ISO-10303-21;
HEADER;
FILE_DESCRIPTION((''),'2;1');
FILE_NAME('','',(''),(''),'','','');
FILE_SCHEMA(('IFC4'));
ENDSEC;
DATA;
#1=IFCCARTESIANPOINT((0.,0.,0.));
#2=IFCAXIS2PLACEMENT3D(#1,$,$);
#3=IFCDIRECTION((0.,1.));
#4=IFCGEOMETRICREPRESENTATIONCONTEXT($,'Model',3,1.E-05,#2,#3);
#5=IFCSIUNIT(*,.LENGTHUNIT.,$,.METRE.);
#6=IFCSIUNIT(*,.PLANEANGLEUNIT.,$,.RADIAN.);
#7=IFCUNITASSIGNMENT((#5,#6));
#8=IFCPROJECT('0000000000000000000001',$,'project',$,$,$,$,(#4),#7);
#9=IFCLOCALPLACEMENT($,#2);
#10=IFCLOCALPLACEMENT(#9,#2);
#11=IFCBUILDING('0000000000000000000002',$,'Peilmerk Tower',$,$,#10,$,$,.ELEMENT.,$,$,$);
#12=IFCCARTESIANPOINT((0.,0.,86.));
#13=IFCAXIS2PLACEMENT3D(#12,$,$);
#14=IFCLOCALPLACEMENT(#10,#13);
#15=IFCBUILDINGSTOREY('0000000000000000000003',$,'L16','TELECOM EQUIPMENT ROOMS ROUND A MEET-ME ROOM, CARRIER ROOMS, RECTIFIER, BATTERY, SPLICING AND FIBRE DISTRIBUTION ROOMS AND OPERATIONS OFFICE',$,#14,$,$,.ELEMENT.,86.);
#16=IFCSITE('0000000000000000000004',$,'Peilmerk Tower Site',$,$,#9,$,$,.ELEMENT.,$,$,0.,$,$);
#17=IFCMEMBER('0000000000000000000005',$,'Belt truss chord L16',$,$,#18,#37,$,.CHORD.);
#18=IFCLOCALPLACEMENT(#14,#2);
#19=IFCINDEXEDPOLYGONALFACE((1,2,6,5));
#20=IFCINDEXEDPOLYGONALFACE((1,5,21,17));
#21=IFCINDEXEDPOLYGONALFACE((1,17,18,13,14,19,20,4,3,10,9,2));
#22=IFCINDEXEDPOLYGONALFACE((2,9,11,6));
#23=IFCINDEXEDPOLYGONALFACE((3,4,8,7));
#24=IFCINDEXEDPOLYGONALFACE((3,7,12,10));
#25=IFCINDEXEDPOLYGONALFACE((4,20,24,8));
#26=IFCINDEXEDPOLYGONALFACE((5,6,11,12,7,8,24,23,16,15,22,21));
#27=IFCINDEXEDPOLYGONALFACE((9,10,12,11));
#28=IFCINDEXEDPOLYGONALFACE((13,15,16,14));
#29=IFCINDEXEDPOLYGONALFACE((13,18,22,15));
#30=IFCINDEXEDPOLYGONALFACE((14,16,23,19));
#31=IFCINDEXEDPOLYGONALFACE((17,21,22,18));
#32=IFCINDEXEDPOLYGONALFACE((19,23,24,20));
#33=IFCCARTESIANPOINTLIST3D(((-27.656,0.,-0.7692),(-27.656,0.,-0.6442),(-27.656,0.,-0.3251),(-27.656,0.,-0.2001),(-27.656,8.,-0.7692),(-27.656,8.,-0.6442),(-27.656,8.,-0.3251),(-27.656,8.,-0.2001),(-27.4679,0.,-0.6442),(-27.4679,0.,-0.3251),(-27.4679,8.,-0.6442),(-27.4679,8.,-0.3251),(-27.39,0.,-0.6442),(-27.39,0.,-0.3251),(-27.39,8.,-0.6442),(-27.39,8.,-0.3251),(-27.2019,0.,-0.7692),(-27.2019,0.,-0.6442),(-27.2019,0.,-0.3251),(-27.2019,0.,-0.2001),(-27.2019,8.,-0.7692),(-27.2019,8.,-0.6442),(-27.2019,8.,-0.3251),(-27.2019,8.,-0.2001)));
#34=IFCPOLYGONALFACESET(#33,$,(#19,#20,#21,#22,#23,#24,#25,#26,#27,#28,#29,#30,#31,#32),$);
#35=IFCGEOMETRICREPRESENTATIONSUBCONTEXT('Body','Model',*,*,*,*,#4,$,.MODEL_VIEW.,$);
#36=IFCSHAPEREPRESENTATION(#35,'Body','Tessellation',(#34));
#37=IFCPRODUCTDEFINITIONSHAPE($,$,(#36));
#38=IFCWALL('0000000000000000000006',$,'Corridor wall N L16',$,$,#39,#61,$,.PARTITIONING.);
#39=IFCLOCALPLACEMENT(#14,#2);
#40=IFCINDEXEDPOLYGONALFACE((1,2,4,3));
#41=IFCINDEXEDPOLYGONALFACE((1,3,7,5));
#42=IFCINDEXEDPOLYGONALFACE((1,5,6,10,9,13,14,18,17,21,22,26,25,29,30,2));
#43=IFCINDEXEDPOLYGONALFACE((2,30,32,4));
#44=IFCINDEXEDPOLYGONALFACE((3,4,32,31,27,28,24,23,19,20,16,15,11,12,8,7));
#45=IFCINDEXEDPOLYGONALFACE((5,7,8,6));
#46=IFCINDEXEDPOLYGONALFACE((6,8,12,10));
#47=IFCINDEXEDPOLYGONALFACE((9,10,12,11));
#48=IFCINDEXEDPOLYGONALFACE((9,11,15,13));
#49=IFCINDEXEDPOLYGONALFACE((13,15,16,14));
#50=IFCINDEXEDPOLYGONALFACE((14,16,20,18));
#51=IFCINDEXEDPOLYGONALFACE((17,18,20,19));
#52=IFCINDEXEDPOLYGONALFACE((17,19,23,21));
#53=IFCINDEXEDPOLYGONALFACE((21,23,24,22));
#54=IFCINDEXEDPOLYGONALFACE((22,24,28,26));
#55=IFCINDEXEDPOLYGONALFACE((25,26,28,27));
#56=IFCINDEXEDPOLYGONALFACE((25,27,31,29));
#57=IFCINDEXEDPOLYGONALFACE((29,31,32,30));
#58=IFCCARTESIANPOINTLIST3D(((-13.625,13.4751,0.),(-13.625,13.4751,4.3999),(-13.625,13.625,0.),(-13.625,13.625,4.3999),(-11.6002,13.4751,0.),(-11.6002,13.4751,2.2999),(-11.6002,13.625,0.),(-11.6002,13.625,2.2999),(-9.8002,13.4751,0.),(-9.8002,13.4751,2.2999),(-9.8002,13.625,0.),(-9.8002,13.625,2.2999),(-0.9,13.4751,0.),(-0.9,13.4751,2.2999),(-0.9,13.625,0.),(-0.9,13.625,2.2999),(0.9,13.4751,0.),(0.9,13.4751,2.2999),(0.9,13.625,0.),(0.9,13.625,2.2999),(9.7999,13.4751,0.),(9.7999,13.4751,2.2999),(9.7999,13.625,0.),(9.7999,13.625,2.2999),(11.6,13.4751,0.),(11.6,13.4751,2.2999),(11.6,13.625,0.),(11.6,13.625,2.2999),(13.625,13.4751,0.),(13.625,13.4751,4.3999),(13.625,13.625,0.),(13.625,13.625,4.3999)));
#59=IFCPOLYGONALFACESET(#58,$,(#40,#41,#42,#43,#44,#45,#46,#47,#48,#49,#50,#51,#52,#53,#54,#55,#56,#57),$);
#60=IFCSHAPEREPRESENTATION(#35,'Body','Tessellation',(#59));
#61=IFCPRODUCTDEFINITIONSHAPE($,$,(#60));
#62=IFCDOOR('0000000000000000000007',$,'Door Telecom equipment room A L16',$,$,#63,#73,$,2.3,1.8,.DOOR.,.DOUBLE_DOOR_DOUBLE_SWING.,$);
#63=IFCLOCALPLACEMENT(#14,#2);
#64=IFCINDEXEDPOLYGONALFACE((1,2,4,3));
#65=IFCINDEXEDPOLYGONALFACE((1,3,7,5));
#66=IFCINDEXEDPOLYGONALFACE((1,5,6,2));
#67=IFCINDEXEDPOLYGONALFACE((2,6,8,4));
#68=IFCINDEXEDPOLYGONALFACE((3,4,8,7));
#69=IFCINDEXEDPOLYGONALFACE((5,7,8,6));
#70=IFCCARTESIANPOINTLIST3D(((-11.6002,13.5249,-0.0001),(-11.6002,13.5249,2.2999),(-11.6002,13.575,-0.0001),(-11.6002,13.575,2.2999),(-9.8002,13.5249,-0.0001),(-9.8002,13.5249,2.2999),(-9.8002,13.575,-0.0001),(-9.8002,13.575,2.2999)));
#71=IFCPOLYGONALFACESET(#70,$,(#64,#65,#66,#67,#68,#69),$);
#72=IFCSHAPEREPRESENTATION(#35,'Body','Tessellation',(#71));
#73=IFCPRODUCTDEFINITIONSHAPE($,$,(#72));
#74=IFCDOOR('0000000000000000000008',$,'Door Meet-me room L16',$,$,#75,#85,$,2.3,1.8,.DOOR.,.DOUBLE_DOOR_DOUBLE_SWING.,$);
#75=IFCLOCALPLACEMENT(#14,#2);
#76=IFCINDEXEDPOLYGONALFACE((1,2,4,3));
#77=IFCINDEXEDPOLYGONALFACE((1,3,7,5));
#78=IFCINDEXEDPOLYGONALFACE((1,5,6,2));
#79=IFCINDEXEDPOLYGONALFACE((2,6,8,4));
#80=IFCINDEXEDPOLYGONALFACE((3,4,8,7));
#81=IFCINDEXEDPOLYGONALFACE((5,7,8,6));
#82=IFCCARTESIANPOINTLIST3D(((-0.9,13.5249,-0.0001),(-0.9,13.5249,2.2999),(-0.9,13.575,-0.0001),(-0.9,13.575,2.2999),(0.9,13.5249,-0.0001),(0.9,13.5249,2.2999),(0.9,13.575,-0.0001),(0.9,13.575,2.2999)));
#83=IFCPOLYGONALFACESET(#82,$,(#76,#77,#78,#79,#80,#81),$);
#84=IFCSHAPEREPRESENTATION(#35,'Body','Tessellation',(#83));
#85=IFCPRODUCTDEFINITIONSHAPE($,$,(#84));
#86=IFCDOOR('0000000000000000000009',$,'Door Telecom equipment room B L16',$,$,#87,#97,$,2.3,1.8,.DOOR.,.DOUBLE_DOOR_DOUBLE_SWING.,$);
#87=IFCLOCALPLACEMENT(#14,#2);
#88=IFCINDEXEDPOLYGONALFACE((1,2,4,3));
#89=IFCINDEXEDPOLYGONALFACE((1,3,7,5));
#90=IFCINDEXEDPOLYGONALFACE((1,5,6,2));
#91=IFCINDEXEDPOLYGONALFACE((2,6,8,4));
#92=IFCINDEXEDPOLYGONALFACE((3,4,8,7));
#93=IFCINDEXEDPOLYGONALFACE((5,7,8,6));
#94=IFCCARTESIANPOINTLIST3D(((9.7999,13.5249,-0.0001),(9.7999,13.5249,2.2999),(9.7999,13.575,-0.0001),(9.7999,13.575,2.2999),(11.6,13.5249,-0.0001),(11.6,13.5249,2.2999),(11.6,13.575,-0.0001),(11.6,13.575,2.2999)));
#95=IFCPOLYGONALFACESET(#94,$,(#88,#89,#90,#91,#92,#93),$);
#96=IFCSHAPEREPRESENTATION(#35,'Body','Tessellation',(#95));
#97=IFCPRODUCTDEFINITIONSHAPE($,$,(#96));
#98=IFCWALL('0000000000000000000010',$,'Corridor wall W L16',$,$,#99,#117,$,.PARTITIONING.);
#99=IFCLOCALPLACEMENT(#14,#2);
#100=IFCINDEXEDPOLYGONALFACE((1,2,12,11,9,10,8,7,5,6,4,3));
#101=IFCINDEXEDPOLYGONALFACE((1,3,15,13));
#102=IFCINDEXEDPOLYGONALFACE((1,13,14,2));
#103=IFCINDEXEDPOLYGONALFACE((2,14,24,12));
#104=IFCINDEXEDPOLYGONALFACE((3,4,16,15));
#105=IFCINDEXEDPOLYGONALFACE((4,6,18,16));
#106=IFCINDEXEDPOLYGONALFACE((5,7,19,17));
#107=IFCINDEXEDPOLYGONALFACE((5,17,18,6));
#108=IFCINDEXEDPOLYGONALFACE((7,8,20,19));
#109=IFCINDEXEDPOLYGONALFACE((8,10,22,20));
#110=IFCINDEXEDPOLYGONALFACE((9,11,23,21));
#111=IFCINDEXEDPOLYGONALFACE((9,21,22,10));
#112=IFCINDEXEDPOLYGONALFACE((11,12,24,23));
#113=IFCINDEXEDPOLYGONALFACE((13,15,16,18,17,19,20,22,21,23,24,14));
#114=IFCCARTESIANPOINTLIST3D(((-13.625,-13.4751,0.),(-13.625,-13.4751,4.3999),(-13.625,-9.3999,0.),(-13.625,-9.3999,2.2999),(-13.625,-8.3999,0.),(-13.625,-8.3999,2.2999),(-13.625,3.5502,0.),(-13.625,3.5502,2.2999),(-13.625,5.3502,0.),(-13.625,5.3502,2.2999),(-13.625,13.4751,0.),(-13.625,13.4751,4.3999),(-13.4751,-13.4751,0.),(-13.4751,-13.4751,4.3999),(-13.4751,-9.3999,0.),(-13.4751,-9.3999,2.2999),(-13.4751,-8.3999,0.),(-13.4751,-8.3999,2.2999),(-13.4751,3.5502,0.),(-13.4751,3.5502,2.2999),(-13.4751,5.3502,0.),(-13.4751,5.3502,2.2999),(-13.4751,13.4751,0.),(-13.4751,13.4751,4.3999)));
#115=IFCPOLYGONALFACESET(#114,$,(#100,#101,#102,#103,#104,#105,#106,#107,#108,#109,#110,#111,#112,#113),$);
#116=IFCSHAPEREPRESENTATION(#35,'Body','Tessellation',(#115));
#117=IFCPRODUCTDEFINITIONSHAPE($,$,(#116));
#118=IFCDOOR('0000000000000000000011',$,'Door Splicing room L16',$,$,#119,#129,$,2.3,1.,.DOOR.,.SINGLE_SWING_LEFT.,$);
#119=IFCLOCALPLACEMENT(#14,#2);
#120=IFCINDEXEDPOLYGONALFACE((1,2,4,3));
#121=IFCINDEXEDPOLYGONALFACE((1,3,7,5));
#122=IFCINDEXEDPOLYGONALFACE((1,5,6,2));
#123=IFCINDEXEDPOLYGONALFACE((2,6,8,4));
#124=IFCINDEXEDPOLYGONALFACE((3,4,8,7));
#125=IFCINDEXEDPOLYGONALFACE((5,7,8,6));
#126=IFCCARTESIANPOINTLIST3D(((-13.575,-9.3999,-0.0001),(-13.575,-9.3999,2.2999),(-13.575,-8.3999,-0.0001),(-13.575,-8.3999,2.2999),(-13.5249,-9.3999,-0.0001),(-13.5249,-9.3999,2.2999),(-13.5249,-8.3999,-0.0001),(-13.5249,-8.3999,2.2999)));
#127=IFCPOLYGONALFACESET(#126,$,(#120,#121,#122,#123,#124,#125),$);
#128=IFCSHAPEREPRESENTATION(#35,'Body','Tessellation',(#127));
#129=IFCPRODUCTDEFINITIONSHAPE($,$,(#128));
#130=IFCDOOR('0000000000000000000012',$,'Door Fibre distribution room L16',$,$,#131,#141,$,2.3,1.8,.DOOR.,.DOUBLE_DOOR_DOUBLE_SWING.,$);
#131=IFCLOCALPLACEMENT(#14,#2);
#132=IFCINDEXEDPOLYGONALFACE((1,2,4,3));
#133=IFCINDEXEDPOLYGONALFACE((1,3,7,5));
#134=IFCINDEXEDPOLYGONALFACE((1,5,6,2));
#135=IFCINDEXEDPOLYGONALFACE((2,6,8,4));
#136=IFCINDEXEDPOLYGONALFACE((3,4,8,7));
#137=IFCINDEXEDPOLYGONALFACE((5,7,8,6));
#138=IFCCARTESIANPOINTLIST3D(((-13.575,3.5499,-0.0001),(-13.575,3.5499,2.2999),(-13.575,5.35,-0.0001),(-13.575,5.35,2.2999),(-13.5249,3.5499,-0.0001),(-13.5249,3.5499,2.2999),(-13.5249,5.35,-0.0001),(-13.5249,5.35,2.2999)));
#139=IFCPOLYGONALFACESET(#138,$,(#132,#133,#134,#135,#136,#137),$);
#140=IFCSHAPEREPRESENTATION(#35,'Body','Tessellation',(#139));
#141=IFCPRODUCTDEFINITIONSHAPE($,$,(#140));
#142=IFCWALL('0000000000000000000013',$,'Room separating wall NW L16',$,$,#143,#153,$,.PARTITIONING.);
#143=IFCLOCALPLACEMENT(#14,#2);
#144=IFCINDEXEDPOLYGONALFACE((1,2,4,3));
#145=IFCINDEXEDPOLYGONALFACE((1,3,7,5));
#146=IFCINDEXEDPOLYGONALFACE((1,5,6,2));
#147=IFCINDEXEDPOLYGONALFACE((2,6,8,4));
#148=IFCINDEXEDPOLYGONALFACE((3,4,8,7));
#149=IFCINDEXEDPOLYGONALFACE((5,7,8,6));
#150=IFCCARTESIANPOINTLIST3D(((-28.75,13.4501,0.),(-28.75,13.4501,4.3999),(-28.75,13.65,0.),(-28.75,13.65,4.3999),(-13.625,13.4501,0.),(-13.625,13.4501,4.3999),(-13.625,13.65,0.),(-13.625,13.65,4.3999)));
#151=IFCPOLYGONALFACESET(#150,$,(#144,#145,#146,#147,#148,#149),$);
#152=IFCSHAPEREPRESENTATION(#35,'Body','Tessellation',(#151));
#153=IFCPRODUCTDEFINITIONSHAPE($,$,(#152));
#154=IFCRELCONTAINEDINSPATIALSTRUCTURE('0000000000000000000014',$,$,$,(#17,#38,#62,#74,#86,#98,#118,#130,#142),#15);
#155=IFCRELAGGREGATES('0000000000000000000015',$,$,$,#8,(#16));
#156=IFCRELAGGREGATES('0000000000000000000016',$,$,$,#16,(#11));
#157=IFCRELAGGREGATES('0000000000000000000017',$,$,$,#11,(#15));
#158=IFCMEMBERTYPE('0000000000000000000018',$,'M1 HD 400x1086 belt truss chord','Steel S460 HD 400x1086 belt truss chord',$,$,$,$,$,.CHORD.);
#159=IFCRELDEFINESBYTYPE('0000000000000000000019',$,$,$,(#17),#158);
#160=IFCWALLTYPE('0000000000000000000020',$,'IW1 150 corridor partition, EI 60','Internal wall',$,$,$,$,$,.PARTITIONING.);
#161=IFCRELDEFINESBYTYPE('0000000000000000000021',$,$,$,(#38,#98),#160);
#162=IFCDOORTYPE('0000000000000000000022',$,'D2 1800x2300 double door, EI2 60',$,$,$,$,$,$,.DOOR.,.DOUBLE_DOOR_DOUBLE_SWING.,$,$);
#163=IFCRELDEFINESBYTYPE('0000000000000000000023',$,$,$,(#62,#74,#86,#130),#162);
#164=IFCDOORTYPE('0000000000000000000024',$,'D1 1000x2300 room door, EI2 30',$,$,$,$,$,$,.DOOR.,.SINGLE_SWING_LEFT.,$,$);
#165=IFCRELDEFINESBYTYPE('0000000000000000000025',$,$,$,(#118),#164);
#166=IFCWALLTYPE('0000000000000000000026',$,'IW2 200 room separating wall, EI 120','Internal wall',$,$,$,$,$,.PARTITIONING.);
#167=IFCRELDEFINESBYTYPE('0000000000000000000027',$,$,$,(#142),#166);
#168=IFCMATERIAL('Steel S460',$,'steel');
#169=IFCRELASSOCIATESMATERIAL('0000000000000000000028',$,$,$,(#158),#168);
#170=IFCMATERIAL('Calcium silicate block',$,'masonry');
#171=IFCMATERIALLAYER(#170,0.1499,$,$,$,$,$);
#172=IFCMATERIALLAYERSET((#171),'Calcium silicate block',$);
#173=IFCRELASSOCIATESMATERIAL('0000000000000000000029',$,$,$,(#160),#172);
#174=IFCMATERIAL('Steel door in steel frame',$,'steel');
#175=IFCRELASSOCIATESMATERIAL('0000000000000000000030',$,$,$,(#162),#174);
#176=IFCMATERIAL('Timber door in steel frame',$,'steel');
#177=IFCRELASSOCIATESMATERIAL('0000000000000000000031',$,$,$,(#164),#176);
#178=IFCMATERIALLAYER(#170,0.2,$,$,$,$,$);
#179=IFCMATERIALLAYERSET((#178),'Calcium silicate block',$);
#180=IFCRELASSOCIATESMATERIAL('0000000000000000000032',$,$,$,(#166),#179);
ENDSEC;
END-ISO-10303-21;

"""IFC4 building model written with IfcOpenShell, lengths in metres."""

from ifc_helpers import new_model, si_unit, direction, frame, frame_2d, origin, origin_2d, place, context, subcontext, project, spatial, rectangle, i_section, extrude, material, layer, layer_set, material_profile, profile_set, type_object, element, fill, save


model = new_model("IFC4")

# Units and contexts
model_context = context("Model", 3, precision=1e-05, world=origin(), true_north=direction((0.0, 1.0)))
body_context = subcontext(model_context, "Body", "Model", "MODEL_VIEW")
ifc_project = project(units=[si_unit("LENGTHUNIT", "METRE"), si_unit("PLANEANGLEUNIT", "RADIAN")], contexts=[model_context])

# Site, building, storey
site_placement = place(None, origin())
site = spatial("IfcSite", under=ifc_project, at=site_placement, Name="Peilmerk Tower Site", CompositionType="ELEMENT", RefElevation=0.0)
building_placement = place(site_placement, origin())
building = spatial("IfcBuilding", under=site, at=building_placement, Name="Peilmerk Tower", CompositionType="ELEMENT")
storey_placement = place(building_placement, frame((0.0, 0.0, 86.0)))
storey = spatial("IfcBuildingStorey", under=building, at=storey_placement, Name="L16", Description="TELECOM EQUIPMENT ROOMS ROUND A MEET-ME ROOM, CARRIER ROOMS, RECTIFIER, BATTERY, SPLICING AND FIBRE DISTRIBUTION ROOMS AND OPERATIONS OFFICE", CompositionType="ELEMENT", Elevation=86.0)

# Shared definitions
ifc_material_1 = material(Name="Steel S460", Category="steel")

# Member
ifc_material_profile_1 = material_profile(ifc_material_1, i_section(OverallWidth=0.4541, OverallDepth=0.5691, WebThickness=0.0779, FlangeThickness=0.125, at=origin_2d()), Name="HD 400x1086")
ifc_profile_set_1 = profile_set([ifc_material_profile_1], Name="Steel S460")
member_type = type_object("IfcMemberType", Name="M1 HD 400x1086 belt truss chord", Description="Steel S460 HD 400x1086 belt truss chord", PredefinedType="CHORD", material=ifc_profile_set_1)
for number, where, z_axis, x_axis, name in (
    (1, (-27.429, 8.0, -0.4846), (0.0, -1.0, 0.0), (1.0, 0.0, 0.0), "Belt truss chord L16"),
):
    element("IfcMember", number, at=place(storey_placement, frame(where, z_axis=z_axis, x_axis=x_axis)), inside=storey, type_object=member_type, Name=name, PredefinedType="CHORD", context=body_context, shape_type="SweptSolid", body=[
        extrude(i_section(OverallWidth=0.4541, OverallDepth=0.5691, WebThickness=0.0779, FlangeThickness=0.125, at=origin_2d()), origin(), (0.0, 0.0, 1.0), 8.0),
    ])

# Walls, openings, doors
ifc_material_2 = material(Name="Calcium silicate block", Category="masonry")
ifc_layer_1 = layer(ifc_material_2, 0.1499)
ifc_layer_set_1 = layer_set([ifc_layer_1], Name="Calcium silicate block")
wall_type_1 = type_object("IfcWallType", Name="IW1 150 corridor partition, EI 60", Description="Internal wall", PredefinedType="PARTITIONING", material=ifc_layer_set_1)
wall_1_placement = place(storey_placement, frame((-13.625, 13.55, 0.0), z_axis=(0.0, 0.0, 1.0), x_axis=(1.0, 0.0, 0.0)))
wall_1 = element("IfcWall", 2, at=wall_1_placement, inside=storey, type_object=wall_type_1, Name="Corridor wall N L16", PredefinedType="PARTITIONING", context=body_context, shape_type="SweptSolid", body=[
    extrude(rectangle(XDim=27.25, YDim=0.1499, at=frame_2d((13.625, 0.0))), origin(), (0.0, 0.0, 1.0), 4.3999),
])
opening_1_placement = place(wall_1_placement, frame((2.0249, 0.0, 0.0)))
opening_1 = element("IfcOpeningElement", 3, at=opening_1_placement, cuts=wall_1, PredefinedType="OPENING", context=body_context, shape_type="SweptSolid", body=[
    extrude(rectangle(XDim=1.8, YDim=2.3, at=frame_2d((0.8999, 1.1499))), frame((0.0, 0.085, 0.0), z_axis=(0.0, -1.0, 0.0), x_axis=(1.0, 0.0, 0.0)), (0.0, 0.0, 1.0), 0.1699),
])
opening_2_placement = place(wall_1_placement, frame((12.7251, 0.0, 0.0)))
opening_2 = element("IfcOpeningElement", 4, at=opening_2_placement, cuts=wall_1, PredefinedType="OPENING", context=body_context, shape_type="SweptSolid", body=[
    extrude(rectangle(XDim=1.8, YDim=2.3, at=frame_2d((0.8999, 1.1499))), frame((0.0, 0.085, 0.0), z_axis=(0.0, -1.0, 0.0), x_axis=(1.0, 0.0, 0.0)), (0.0, 0.0, 1.0), 0.1699),
])
opening_3_placement = place(wall_1_placement, frame((23.425, 0.0, 0.0)))
opening_3 = element("IfcOpeningElement", 5, at=opening_3_placement, cuts=wall_1, PredefinedType="OPENING", context=body_context, shape_type="SweptSolid", body=[
    extrude(rectangle(XDim=1.8, YDim=2.3, at=frame_2d((0.8999, 1.1499))), frame((0.0, 0.085, 0.0), z_axis=(0.0, -1.0, 0.0), x_axis=(1.0, 0.0, 0.0)), (0.0, 0.0, 1.0), 0.1699),
])
ifc_material_3 = material(Name="Steel door in steel frame", Category="steel")
door_type_1 = type_object("IfcDoorType", Name="D2 1800x2300 double door, EI2 60", OperationType="DOUBLE_DOOR_DOUBLE_SWING", PredefinedType="DOOR", material=ifc_material_3)
door_1_placement = place(opening_1_placement, origin())
door_1 = element("IfcDoor", 6, at=door_1_placement, inside=storey, type_object=door_type_1, Name="Door Telecom equipment room A L16", OperationType="DOUBLE_DOOR_DOUBLE_SWING", OverallHeight=2.3, OverallWidth=1.8, PredefinedType="DOOR", context=body_context, shape_type="SweptSolid", body=[
    extrude(rectangle(XDim=1.8, YDim=2.3, at=frame_2d((0.8999, 1.1499))), frame((0.0, 0.0249, 0.0), z_axis=(0.0, -1.0, 0.0), x_axis=(1.0, 0.0, 0.0)), (0.0, 0.0, 1.0), 0.05),
])
fill(opening_1, door_1)
door_2_placement = place(opening_2_placement, origin())
door_2 = element("IfcDoor", 7, at=door_2_placement, inside=storey, type_object=door_type_1, Name="Door Meet-me room L16", OperationType="DOUBLE_DOOR_DOUBLE_SWING", OverallHeight=2.3, OverallWidth=1.8, PredefinedType="DOOR", context=body_context, shape_type="SweptSolid", body=[
    extrude(rectangle(XDim=1.8, YDim=2.3, at=frame_2d((0.8999, 1.1499))), frame((0.0, 0.0249, 0.0), z_axis=(0.0, -1.0, 0.0), x_axis=(1.0, 0.0, 0.0)), (0.0, 0.0, 1.0), 0.05),
])
fill(opening_2, door_2)
door_3_placement = place(opening_3_placement, origin())
door_3 = element("IfcDoor", 8, at=door_3_placement, inside=storey, type_object=door_type_1, Name="Door Telecom equipment room B L16", OperationType="DOUBLE_DOOR_DOUBLE_SWING", OverallHeight=2.3, OverallWidth=1.8, PredefinedType="DOOR", context=body_context, shape_type="SweptSolid", body=[
    extrude(rectangle(XDim=1.8, YDim=2.3, at=frame_2d((0.8999, 1.1499))), frame((0.0, 0.0249, 0.0), z_axis=(0.0, -1.0, 0.0), x_axis=(1.0, 0.0, 0.0)), (0.0, 0.0, 1.0), 0.05),
])
fill(opening_3, door_3)
wall_2_placement = place(storey_placement, frame((-13.55, 13.4751, 0.0), z_axis=(0.0, 0.0, 1.0), x_axis=(0.0, -1.0, 0.0)))
wall_2 = element("IfcWall", 9, at=wall_2_placement, inside=storey, type_object=wall_type_1, Name="Corridor wall W L16", PredefinedType="PARTITIONING", context=body_context, shape_type="SweptSolid", body=[
    extrude(rectangle(XDim=26.9502, YDim=0.1499, at=frame_2d((13.4751, 0.0))), origin(), (0.0, 0.0, 1.0), 4.3999),
])
opening_4_placement = place(wall_2_placement, frame((21.875, 0.0, 0.0)))
opening_4 = element("IfcOpeningElement", 10, at=opening_4_placement, cuts=wall_2, PredefinedType="OPENING", context=body_context, shape_type="SweptSolid", body=[
    extrude(rectangle(XDim=1.0, YDim=2.3, at=frame_2d((0.5, 1.1499))), frame((0.0, 0.085, 0.0), z_axis=(0.0, -1.0, 0.0), x_axis=(1.0, 0.0, 0.0)), (0.0, 0.0, 1.0), 0.1699),
])
opening_5_placement = place(wall_2_placement, frame((8.125, 0.0, 0.0)))
opening_5 = element("IfcOpeningElement", 11, at=opening_5_placement, cuts=wall_2, PredefinedType="OPENING", context=body_context, shape_type="SweptSolid", body=[
    extrude(rectangle(XDim=1.8, YDim=2.3, at=frame_2d((0.8999, 1.1499))), frame((0.0, 0.085, 0.0), z_axis=(0.0, -1.0, 0.0), x_axis=(1.0, 0.0, 0.0)), (0.0, 0.0, 1.0), 0.1699),
])
ifc_material_4 = material(Name="Timber door in steel frame", Category="steel")
door_type_2 = type_object("IfcDoorType", Name="D1 1000x2300 room door, EI2 30", OperationType="SINGLE_SWING_LEFT", PredefinedType="DOOR", material=ifc_material_4)
door_4_placement = place(opening_4_placement, frame((1.0, 0.0, 0.0), z_axis=(0.0, 0.0, 1.0), x_axis=(-1.0, 0.0, 0.0)))
door_4 = element("IfcDoor", 12, at=door_4_placement, inside=storey, type_object=door_type_2, Name="Door Splicing room L16", OperationType="SINGLE_SWING_LEFT", OverallHeight=2.3, OverallWidth=1.0, PredefinedType="DOOR", context=body_context, shape_type="SweptSolid", body=[
    extrude(rectangle(XDim=1.0, YDim=2.3, at=frame_2d((0.5, 1.1499))), frame((0.0, 0.0249, 0.0), z_axis=(0.0, -1.0, 0.0), x_axis=(1.0, 0.0, 0.0)), (0.0, 0.0, 1.0), 0.05),
])
fill(opening_4, door_4)
door_5_placement = place(opening_5_placement, frame((1.8, 0.0, 0.0), z_axis=(0.0, 0.0, 1.0), x_axis=(-1.0, 0.0, 0.0)))
door_5 = element("IfcDoor", 13, at=door_5_placement, inside=storey, type_object=door_type_1, Name="Door Fibre distribution room L16", OperationType="DOUBLE_DOOR_DOUBLE_SWING", OverallHeight=2.3, OverallWidth=1.8, PredefinedType="DOOR", context=body_context, shape_type="SweptSolid", body=[
    extrude(rectangle(XDim=1.8, YDim=2.3, at=frame_2d((0.8999, 1.1499))), frame((0.0, 0.0249, 0.0), z_axis=(0.0, -1.0, 0.0), x_axis=(1.0, 0.0, 0.0)), (0.0, 0.0, 1.0), 0.05),
])
fill(opening_5, door_5)

# Wall
ifc_layer_2 = layer(ifc_material_2, 0.2)
ifc_layer_set_2 = layer_set([ifc_layer_2], Name="Calcium silicate block")
wall_type_2 = type_object("IfcWallType", Name="IW2 200 room separating wall, EI 120", Description="Internal wall", PredefinedType="PARTITIONING", material=ifc_layer_set_2)
wall_3_placement = place(storey_placement, frame((-28.75, 13.55, 0.0), z_axis=(0.0, 0.0, 1.0), x_axis=(1.0, 0.0, 0.0)))
element("IfcWall", 14, at=wall_3_placement, inside=storey, type_object=wall_type_2, Name="Room separating wall NW L16", PredefinedType="PARTITIONING", context=body_context, shape_type="SweptSolid", body=[
    extrude(rectangle(XDim=15.125, YDim=0.2, at=frame_2d((7.5625, 0.0))), origin(), (0.0, 0.0, 1.0), 4.3999),
])

save(model, "model.ifc")
